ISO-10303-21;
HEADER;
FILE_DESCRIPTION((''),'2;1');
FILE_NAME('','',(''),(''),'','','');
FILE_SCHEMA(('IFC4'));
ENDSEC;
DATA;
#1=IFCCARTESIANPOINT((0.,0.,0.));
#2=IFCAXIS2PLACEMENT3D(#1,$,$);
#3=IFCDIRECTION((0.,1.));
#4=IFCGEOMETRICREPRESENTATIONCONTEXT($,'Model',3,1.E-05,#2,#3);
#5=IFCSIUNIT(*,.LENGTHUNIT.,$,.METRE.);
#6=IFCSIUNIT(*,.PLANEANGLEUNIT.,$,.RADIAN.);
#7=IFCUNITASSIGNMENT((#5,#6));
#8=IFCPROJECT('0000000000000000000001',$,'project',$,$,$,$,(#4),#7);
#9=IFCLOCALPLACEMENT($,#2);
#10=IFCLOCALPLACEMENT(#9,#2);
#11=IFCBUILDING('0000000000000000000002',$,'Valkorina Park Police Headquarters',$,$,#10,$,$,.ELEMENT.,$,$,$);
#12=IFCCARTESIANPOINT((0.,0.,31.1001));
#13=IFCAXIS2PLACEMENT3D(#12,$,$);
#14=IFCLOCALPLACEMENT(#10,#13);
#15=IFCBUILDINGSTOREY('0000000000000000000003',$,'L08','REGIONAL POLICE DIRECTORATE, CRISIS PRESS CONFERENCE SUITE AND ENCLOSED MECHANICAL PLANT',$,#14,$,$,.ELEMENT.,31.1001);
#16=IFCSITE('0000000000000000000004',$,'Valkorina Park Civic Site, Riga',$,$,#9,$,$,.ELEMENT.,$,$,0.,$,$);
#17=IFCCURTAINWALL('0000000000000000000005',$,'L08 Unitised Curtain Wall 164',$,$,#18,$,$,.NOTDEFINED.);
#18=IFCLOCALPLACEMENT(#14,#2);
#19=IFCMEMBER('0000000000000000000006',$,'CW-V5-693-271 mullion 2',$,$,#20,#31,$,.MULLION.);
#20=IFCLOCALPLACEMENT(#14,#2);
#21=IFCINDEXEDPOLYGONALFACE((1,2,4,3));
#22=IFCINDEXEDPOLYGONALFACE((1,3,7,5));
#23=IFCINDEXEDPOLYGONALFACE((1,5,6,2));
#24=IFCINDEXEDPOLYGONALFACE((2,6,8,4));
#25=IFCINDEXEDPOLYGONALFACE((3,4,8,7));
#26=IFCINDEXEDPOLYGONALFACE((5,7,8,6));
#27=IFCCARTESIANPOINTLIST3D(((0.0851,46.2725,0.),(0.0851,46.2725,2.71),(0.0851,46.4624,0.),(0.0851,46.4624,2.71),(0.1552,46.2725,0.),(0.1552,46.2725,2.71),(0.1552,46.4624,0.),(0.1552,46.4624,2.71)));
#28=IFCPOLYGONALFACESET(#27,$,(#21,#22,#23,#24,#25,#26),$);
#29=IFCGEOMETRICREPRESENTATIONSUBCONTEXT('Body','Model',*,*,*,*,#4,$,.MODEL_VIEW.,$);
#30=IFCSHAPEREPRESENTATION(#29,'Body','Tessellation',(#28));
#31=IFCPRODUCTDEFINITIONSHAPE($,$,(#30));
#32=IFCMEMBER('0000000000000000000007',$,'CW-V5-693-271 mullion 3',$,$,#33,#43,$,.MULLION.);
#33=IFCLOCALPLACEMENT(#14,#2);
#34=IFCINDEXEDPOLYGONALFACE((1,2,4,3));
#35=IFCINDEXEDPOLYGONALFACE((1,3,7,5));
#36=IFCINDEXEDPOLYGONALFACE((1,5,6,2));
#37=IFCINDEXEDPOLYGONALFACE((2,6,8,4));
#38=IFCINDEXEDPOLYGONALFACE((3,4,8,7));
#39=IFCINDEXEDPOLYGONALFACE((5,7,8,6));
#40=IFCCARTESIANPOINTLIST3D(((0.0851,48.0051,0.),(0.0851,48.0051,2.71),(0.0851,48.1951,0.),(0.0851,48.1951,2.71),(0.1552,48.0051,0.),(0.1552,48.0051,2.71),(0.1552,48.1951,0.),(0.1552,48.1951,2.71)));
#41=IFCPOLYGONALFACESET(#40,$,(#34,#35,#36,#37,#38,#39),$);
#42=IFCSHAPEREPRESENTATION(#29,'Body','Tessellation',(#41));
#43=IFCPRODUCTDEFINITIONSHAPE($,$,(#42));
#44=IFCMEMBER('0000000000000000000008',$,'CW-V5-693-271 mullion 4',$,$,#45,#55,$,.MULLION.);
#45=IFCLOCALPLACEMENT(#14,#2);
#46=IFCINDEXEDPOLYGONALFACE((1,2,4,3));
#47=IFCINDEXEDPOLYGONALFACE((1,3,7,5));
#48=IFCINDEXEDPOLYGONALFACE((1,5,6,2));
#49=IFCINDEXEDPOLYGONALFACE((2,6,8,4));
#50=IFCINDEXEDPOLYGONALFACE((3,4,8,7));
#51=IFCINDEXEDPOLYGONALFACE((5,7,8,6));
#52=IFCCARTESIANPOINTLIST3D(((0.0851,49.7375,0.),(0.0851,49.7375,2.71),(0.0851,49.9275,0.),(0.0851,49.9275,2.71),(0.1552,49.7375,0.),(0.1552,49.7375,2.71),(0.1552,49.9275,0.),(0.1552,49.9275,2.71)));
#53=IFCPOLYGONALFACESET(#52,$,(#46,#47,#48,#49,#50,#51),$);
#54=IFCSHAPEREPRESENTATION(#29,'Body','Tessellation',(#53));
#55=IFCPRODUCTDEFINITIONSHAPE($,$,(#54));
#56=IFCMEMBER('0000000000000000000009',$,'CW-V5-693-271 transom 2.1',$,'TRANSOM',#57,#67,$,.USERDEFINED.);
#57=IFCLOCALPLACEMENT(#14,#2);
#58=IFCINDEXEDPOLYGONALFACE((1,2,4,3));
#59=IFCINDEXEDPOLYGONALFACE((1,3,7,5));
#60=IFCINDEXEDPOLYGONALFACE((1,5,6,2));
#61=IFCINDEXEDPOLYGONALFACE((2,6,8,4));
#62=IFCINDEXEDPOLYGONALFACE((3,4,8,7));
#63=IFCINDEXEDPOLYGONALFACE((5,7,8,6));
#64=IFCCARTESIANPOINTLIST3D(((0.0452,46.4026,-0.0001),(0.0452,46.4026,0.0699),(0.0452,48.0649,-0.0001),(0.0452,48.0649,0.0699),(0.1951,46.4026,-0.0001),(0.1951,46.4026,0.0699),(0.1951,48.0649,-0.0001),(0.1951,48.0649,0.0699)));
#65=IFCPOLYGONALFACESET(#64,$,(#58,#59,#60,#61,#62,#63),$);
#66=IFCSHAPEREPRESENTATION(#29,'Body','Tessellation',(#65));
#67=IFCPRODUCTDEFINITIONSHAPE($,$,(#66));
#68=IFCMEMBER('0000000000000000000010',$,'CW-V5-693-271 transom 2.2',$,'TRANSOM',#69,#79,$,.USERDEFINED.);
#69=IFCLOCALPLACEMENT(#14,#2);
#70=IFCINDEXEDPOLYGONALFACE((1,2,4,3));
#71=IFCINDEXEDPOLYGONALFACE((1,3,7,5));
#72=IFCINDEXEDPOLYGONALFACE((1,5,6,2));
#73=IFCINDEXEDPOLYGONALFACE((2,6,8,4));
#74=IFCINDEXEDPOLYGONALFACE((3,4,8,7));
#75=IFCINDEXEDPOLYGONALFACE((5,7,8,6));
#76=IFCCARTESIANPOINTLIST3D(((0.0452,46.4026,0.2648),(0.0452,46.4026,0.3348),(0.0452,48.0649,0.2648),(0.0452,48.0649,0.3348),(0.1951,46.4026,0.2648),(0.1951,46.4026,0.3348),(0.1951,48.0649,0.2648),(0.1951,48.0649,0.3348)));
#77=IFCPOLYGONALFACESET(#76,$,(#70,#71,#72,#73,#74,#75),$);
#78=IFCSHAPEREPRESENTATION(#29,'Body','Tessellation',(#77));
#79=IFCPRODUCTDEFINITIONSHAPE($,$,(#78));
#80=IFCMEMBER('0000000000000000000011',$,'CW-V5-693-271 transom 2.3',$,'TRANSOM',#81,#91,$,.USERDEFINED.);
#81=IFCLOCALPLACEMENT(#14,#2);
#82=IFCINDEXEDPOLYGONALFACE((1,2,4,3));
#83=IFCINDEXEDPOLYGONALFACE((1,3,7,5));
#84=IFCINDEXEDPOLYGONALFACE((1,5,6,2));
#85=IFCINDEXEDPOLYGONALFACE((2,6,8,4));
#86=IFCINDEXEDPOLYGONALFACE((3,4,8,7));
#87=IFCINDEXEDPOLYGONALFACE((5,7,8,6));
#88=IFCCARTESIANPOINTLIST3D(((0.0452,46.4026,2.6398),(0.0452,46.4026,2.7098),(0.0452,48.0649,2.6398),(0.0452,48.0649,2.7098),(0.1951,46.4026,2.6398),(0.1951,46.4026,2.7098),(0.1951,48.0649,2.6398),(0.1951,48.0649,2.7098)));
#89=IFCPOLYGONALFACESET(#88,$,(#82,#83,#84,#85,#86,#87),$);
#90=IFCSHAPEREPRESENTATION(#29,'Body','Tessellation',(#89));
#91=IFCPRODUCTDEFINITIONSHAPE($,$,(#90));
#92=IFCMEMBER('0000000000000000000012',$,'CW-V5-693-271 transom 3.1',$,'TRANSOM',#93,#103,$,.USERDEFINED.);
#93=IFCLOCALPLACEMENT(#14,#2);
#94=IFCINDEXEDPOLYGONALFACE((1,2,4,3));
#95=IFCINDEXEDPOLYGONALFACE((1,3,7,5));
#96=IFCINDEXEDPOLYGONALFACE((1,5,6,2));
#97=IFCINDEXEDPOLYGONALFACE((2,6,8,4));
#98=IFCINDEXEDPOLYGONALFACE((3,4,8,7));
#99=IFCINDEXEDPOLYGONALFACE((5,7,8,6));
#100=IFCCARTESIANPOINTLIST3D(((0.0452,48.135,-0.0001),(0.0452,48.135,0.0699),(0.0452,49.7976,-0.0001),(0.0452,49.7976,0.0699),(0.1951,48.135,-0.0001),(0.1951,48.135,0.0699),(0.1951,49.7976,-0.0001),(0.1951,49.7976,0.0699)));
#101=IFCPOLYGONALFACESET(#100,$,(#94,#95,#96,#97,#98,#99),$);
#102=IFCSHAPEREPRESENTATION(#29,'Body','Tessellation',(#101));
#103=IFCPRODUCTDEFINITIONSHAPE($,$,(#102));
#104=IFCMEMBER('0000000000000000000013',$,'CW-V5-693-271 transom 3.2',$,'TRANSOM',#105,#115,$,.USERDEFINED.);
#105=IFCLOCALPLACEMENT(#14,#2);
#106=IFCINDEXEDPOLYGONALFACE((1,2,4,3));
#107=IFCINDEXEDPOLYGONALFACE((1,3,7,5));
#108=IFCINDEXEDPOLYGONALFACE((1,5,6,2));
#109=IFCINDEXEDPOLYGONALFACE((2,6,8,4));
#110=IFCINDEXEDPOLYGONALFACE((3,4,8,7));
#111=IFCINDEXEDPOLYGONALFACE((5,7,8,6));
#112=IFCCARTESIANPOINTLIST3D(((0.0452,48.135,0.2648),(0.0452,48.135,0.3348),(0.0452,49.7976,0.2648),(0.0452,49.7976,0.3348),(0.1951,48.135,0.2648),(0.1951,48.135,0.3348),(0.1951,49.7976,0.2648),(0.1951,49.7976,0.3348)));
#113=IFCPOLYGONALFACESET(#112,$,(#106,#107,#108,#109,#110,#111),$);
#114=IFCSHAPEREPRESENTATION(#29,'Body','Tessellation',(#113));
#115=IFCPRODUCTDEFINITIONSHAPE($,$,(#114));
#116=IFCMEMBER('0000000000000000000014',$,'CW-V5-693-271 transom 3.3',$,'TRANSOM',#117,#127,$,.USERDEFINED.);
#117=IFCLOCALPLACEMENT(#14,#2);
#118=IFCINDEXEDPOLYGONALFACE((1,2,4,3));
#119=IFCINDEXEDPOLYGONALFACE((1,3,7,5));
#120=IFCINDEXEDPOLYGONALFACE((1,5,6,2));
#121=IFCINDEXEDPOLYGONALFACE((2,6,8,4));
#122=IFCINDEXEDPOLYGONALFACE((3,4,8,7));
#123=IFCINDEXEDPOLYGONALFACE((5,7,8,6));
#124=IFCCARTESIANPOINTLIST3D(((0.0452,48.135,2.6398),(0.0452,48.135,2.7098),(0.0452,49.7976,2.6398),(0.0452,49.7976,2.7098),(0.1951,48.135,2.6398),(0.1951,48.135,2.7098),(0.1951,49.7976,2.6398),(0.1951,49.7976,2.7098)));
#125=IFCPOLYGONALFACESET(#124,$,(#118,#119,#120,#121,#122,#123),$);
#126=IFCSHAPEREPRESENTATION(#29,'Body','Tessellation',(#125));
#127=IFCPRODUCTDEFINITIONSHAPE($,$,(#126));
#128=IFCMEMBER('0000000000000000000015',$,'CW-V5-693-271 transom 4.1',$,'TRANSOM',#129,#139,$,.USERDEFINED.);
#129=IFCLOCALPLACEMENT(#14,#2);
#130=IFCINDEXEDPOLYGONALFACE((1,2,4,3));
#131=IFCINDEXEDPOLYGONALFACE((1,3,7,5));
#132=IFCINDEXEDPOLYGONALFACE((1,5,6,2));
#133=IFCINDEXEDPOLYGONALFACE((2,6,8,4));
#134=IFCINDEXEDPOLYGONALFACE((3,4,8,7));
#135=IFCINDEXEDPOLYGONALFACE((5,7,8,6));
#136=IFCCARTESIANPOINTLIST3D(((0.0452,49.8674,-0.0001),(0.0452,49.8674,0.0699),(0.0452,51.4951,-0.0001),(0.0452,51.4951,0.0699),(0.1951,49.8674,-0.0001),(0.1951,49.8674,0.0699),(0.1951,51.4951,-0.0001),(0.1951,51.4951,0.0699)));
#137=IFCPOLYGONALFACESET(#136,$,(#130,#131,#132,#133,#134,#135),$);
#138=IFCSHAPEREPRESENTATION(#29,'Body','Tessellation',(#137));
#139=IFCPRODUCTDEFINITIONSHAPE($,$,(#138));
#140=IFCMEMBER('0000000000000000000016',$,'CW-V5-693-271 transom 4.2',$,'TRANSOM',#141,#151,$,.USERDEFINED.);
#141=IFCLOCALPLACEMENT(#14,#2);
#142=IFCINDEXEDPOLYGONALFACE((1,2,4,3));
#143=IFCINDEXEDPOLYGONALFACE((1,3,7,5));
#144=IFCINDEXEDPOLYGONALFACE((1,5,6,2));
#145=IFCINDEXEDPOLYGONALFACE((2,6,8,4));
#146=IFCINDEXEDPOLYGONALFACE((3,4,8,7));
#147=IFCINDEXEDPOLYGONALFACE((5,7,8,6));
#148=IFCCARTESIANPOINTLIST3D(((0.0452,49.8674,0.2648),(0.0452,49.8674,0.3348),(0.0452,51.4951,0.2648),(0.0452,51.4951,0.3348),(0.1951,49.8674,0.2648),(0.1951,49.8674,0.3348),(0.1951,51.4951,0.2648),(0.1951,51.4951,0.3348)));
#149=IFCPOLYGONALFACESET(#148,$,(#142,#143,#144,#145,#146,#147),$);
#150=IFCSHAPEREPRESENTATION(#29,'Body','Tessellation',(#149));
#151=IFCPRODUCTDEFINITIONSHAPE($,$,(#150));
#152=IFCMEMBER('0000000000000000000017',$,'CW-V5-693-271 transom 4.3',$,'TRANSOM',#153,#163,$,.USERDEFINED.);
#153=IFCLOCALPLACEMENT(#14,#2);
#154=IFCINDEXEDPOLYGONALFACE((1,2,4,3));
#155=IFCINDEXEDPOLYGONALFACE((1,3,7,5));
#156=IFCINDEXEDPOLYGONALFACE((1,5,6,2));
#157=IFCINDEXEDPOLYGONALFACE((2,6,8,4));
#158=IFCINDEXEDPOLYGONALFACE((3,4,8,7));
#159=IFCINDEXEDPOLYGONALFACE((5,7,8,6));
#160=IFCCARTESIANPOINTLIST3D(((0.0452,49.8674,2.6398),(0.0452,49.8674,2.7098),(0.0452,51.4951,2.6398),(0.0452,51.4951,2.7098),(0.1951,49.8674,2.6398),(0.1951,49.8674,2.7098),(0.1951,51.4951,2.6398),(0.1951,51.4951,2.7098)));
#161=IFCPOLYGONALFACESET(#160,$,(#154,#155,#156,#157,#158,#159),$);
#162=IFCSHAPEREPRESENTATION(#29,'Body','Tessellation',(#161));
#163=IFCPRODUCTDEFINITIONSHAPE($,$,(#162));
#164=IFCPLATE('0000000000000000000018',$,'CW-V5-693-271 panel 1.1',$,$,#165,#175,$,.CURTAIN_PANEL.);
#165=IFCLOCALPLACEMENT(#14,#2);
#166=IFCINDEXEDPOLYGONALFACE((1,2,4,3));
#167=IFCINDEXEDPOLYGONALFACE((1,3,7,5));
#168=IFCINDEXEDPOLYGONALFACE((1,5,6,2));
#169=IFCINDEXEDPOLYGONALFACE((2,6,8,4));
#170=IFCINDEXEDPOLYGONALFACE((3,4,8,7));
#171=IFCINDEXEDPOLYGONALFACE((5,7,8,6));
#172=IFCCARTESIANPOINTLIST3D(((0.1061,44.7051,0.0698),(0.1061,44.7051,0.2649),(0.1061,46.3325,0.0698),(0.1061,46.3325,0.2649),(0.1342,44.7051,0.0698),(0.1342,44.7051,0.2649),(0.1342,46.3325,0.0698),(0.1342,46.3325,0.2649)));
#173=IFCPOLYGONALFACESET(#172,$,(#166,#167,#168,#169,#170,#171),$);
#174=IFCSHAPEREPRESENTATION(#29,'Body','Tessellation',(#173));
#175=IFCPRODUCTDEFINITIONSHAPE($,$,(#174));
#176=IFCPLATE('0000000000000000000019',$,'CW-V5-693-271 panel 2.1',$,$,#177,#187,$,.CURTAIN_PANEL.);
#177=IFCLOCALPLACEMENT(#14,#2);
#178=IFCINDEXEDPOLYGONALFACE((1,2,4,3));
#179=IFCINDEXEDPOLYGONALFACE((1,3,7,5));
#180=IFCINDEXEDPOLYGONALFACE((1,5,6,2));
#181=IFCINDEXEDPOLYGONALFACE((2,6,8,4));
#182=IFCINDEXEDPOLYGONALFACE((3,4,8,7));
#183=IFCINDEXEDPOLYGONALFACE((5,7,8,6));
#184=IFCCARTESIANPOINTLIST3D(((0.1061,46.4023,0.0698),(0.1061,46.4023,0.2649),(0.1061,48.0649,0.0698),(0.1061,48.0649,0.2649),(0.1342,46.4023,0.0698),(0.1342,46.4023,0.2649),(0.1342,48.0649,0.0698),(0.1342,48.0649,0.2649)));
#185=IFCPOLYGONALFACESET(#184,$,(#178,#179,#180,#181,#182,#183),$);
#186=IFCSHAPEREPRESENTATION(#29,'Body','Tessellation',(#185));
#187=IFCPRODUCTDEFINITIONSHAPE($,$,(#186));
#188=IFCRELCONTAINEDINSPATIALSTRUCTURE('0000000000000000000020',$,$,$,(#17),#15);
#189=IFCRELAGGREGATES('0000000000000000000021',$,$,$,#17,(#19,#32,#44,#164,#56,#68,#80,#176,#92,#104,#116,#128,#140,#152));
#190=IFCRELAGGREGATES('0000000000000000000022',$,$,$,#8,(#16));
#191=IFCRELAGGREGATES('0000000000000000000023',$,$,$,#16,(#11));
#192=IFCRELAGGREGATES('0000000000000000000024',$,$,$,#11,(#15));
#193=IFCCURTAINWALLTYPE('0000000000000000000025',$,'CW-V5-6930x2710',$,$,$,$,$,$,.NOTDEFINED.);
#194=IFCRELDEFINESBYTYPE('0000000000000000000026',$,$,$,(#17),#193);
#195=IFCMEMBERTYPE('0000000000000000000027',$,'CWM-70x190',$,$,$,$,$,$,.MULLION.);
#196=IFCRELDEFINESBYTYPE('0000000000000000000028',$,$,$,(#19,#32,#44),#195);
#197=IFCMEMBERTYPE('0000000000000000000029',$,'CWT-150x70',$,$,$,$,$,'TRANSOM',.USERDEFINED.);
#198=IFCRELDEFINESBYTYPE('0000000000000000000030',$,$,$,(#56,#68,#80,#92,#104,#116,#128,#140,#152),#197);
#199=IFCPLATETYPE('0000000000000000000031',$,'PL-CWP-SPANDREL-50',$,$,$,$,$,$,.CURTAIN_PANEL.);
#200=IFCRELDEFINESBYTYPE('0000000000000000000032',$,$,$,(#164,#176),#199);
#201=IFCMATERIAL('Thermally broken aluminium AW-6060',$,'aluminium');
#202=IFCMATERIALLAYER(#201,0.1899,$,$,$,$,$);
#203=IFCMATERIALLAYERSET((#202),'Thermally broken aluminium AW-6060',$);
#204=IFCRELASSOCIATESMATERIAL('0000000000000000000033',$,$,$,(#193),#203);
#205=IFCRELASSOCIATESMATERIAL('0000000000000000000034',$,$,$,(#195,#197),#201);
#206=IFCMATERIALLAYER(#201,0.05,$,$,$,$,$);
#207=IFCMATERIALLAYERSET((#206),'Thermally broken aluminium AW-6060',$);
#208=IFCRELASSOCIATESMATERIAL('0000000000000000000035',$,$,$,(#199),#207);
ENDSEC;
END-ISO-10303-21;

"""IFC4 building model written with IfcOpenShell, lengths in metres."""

from ifc_helpers import new_model, si_unit, direction, frame, origin, origin_2d, place, context, subcontext, project, spatial, rectangle, extrude, material, layer, layer_set, material_profile, profile_set, type_object, element, aggregate, save


model = new_model("IFC4")

# Units and contexts
model_context = context("Model", 3, precision=1e-05, world=origin(), true_north=direction((0.0, 1.0)))
body_context = subcontext(model_context, "Body", "Model", "MODEL_VIEW")
ifc_project = project(units=[si_unit("LENGTHUNIT", "METRE"), si_unit("PLANEANGLEUNIT", "RADIAN")], contexts=[model_context])

# Site, building, storey
site_placement = place(None, origin())
site = spatial("IfcSite", under=ifc_project, at=site_placement, Name="Valkorina Park Civic Site, Riga", CompositionType="ELEMENT", RefElevation=0.0)
building_placement = place(site_placement, origin())
building = spatial("IfcBuilding", under=site, at=building_placement, Name="Valkorina Park Police Headquarters", CompositionType="ELEMENT")
storey_placement = place(building_placement, frame((0.0, 0.0, 31.1001)))
storey = spatial("IfcBuildingStorey", under=building, at=storey_placement, Name="L08", Description="REGIONAL POLICE DIRECTORATE, CRISIS PRESS CONFERENCE SUITE AND ENCLOSED MECHANICAL PLANT", CompositionType="ELEMENT", Elevation=31.1001)

# Curtain wall, members, plates
ifc_material_1 = material(Name="Thermally broken aluminium AW-6060", Category="aluminium")
ifc_layer_1 = layer(ifc_material_1, 0.1899)
ifc_layer_set_1 = layer_set([ifc_layer_1], Name="Thermally broken aluminium AW-6060")
curtain_wall_type = type_object("IfcCurtainWallType", Name="CW-V5-6930x2710", PredefinedType="NOTDEFINED", material=ifc_layer_set_1)
curtain_wall_placement = place(storey_placement, origin())
curtain_wall = element("IfcCurtainWall", 1, at=curtain_wall_placement, inside=storey, type_object=curtain_wall_type, Name="L08 Unitised Curtain Wall 164", PredefinedType="NOTDEFINED")
ifc_material_profile_1 = material_profile(ifc_material_1, rectangle(XDim=0.0701, YDim=0.1899, at=origin_2d()), Name="CWM-02 70x190")
ifc_profile_set_1 = profile_set([ifc_material_profile_1], Name="Thermally broken aluminium AW-6060")
member_type_1 = type_object("IfcMemberType", Name="CWM-70x190", PredefinedType="MULLION", material=ifc_profile_set_1)
member_1_placement = place(storey_placement, frame((0.1201, 46.3674, 0.0), z_axis=(0.0, 0.0, 1.0), x_axis=(-1.0, 0.0, 0.0)))
member_1 = element("IfcMember", 2, at=member_1_placement, type_object=member_type_1, Name="CW-V5-693-271 mullion 2", PredefinedType="MULLION", context=body_context, shape_type="SweptSolid", body=[
    extrude(rectangle(XDim=0.0701, YDim=0.1899, at=origin_2d()), origin(), (0.0, 0.0, 1.0), 2.71),
])
member_2_placement = place(storey_placement, frame((0.1201, 48.1001, 0.0), z_axis=(0.0, 0.0, 1.0), x_axis=(-1.0, 0.0, 0.0)))
member_2 = element("IfcMember", 3, at=member_2_placement, type_object=member_type_1, Name="CW-V5-693-271 mullion 3", PredefinedType="MULLION", context=body_context, shape_type="SweptSolid", body=[
    extrude(rectangle(XDim=0.0701, YDim=0.1899, at=origin_2d()), origin(), (0.0, 0.0, 1.0), 2.71),
])
member_3_placement = place(storey_placement, frame((0.1201, 49.8325, 0.0), z_axis=(0.0, 0.0, 1.0), x_axis=(-1.0, 0.0, 0.0)))
member_3 = element("IfcMember", 4, at=member_3_placement, type_object=member_type_1, Name="CW-V5-693-271 mullion 4", PredefinedType="MULLION", context=body_context, shape_type="SweptSolid", body=[
    extrude(rectangle(XDim=0.0701, YDim=0.1899, at=origin_2d()), origin(), (0.0, 0.0, 1.0), 2.71),
])
ifc_material_profile_2 = material_profile(ifc_material_1, rectangle(XDim=0.1499, YDim=0.0701, at=origin_2d()), Name="CWT-02 150x70")
ifc_profile_set_2 = profile_set([ifc_material_profile_2], Name="Thermally broken aluminium AW-6060")
member_type_2 = type_object("IfcMemberType", Name="CWT-150x70", ElementType="TRANSOM", PredefinedType="USERDEFINED", material=ifc_profile_set_2)
member_4_placement = place(storey_placement, frame((0.1201, 46.4026, 0.0349), z_axis=(0.0, 1.0, 0.0), x_axis=(-1.0, 0.0, 0.0)))
member_4 = element("IfcMember", 5, at=member_4_placement, type_object=member_type_2, Name="CW-V5-693-271 transom 2.1", ObjectType="TRANSOM", PredefinedType="USERDEFINED", context=body_context, shape_type="SweptSolid", body=[
    extrude(rectangle(XDim=0.1499, YDim=0.0701, at=origin_2d()), origin(), (0.0, 0.0, 1.0), 1.6624),
])
member_5_placement = place(storey_placement, frame((0.1201, 46.4026, 0.2998), z_axis=(0.0, 1.0, 0.0), x_axis=(-1.0, 0.0, 0.0)))
member_5 = element("IfcMember", 6, at=member_5_placement, type_object=member_type_2, Name="CW-V5-693-271 transom 2.2", ObjectType="TRANSOM", PredefinedType="USERDEFINED", context=body_context, shape_type="SweptSolid", body=[
    extrude(rectangle(XDim=0.1499, YDim=0.0701, at=origin_2d()), origin(), (0.0, 0.0, 1.0), 1.6624),
])
member_6_placement = place(storey_placement, frame((0.1201, 46.4026, 2.6748), z_axis=(0.0, 1.0, 0.0), x_axis=(-1.0, 0.0, 0.0)))
member_6 = element("IfcMember", 7, at=member_6_placement, type_object=member_type_2, Name="CW-V5-693-271 transom 2.3", ObjectType="TRANSOM", PredefinedType="USERDEFINED", context=body_context, shape_type="SweptSolid", body=[
    extrude(rectangle(XDim=0.1499, YDim=0.0701, at=origin_2d()), origin(), (0.0, 0.0, 1.0), 1.6624),
])
member_7_placement = place(storey_placement, frame((0.1201, 48.135, 0.0349), z_axis=(0.0, 1.0, 0.0), x_axis=(-1.0, 0.0, 0.0)))
member_7 = element("IfcMember", 8, at=member_7_placement, type_object=member_type_2, Name="CW-V5-693-271 transom 3.1", ObjectType="TRANSOM", PredefinedType="USERDEFINED", context=body_context, shape_type="SweptSolid", body=[
    extrude(rectangle(XDim=0.1499, YDim=0.0701, at=origin_2d()), origin(), (0.0, 0.0, 1.0), 1.6626),
])
member_8_placement = place(storey_placement, frame((0.1201, 48.135, 0.2998), z_axis=(0.0, 1.0, 0.0), x_axis=(-1.0, 0.0, 0.0)))
member_8 = element("IfcMember", 9, at=member_8_placement, type_object=member_type_2, Name="CW-V5-693-271 transom 3.2", ObjectType="TRANSOM", PredefinedType="USERDEFINED", context=body_context, shape_type="SweptSolid", body=[
    extrude(rectangle(XDim=0.1499, YDim=0.0701, at=origin_2d()), origin(), (0.0, 0.0, 1.0), 1.6626),
])
member_9_placement = place(storey_placement, frame((0.1201, 48.135, 2.6748), z_axis=(0.0, 1.0, 0.0), x_axis=(-1.0, 0.0, 0.0)))
member_9 = element("IfcMember", 10, at=member_9_placement, type_object=member_type_2, Name="CW-V5-693-271 transom 3.3", ObjectType="TRANSOM", PredefinedType="USERDEFINED", context=body_context, shape_type="SweptSolid", body=[
    extrude(rectangle(XDim=0.1499, YDim=0.0701, at=origin_2d()), origin(), (0.0, 0.0, 1.0), 1.6626),
])
member_10_placement = place(storey_placement, frame((0.1201, 49.8674, 0.0349), z_axis=(0.0, 1.0, 0.0), x_axis=(-1.0, 0.0, 0.0)))
member_10 = element("IfcMember", 11, at=member_10_placement, type_object=member_type_2, Name="CW-V5-693-271 transom 4.1", ObjectType="TRANSOM", PredefinedType="USERDEFINED", context=body_context, shape_type="SweptSolid", body=[
    extrude(rectangle(XDim=0.1499, YDim=0.0701, at=origin_2d()), origin(), (0.0, 0.0, 1.0), 1.6277),
])
member_11_placement = place(storey_placement, frame((0.1201, 49.8674, 0.2998), z_axis=(0.0, 1.0, 0.0), x_axis=(-1.0, 0.0, 0.0)))
member_11 = element("IfcMember", 12, at=member_11_placement, type_object=member_type_2, Name="CW-V5-693-271 transom 4.2", ObjectType="TRANSOM", PredefinedType="USERDEFINED", context=body_context, shape_type="SweptSolid", body=[
    extrude(rectangle(XDim=0.1499, YDim=0.0701, at=origin_2d()), origin(), (0.0, 0.0, 1.0), 1.6277),
])
member_12_placement = place(storey_placement, frame((0.1201, 49.8674, 2.6748), z_axis=(0.0, 1.0, 0.0), x_axis=(-1.0, 0.0, 0.0)))
member_12 = element("IfcMember", 13, at=member_12_placement, type_object=member_type_2, Name="CW-V5-693-271 transom 4.3", ObjectType="TRANSOM", PredefinedType="USERDEFINED", context=body_context, shape_type="SweptSolid", body=[
    extrude(rectangle(XDim=0.1499, YDim=0.0701, at=origin_2d()), origin(), (0.0, 0.0, 1.0), 1.6277),
])
ifc_layer_2 = layer(ifc_material_1, 0.05)
ifc_layer_set_2 = layer_set([ifc_layer_2], Name="Thermally broken aluminium AW-6060")
plate_type_1 = type_object("IfcPlateType", Name="PL-CWP-SPANDREL-50", PredefinedType="CURTAIN_PANEL", material=ifc_layer_set_2)
plate_1_placement = place(storey_placement, frame((0.1201, 45.5188, 0.0698), z_axis=(0.0, 0.0, 1.0), x_axis=(0.0, 1.0, 0.0)))
plate_1 = element("IfcPlate", 14, at=plate_1_placement, type_object=plate_type_1, Name="CW-V5-693-271 panel 1.1", PredefinedType="CURTAIN_PANEL", context=body_context, shape_type="SweptSolid", body=[
    extrude(rectangle(XDim=1.6274, YDim=0.0281, at=origin_2d()), origin(), (0.0, 0.0, 1.0), 0.1951),
])
plate_2_placement = place(storey_placement, frame((0.1201, 47.2336, 0.0698), z_axis=(0.0, 0.0, 1.0), x_axis=(0.0, 1.0, 0.0)))
plate_2 = element("IfcPlate", 15, at=plate_2_placement, type_object=plate_type_1, Name="CW-V5-693-271 panel 2.1", PredefinedType="CURTAIN_PANEL", context=body_context, shape_type="SweptSolid", body=[
    extrude(rectangle(XDim=1.6626, YDim=0.0281, at=origin_2d()), origin(), (0.0, 0.0, 1.0), 0.1951),
])
aggregate(curtain_wall, [member_1, member_2, member_3, plate_1, member_4, member_5, member_6, plate_2, member_7, member_8, member_9, member_10, member_11, member_12])

save(model, "model.ifc")
